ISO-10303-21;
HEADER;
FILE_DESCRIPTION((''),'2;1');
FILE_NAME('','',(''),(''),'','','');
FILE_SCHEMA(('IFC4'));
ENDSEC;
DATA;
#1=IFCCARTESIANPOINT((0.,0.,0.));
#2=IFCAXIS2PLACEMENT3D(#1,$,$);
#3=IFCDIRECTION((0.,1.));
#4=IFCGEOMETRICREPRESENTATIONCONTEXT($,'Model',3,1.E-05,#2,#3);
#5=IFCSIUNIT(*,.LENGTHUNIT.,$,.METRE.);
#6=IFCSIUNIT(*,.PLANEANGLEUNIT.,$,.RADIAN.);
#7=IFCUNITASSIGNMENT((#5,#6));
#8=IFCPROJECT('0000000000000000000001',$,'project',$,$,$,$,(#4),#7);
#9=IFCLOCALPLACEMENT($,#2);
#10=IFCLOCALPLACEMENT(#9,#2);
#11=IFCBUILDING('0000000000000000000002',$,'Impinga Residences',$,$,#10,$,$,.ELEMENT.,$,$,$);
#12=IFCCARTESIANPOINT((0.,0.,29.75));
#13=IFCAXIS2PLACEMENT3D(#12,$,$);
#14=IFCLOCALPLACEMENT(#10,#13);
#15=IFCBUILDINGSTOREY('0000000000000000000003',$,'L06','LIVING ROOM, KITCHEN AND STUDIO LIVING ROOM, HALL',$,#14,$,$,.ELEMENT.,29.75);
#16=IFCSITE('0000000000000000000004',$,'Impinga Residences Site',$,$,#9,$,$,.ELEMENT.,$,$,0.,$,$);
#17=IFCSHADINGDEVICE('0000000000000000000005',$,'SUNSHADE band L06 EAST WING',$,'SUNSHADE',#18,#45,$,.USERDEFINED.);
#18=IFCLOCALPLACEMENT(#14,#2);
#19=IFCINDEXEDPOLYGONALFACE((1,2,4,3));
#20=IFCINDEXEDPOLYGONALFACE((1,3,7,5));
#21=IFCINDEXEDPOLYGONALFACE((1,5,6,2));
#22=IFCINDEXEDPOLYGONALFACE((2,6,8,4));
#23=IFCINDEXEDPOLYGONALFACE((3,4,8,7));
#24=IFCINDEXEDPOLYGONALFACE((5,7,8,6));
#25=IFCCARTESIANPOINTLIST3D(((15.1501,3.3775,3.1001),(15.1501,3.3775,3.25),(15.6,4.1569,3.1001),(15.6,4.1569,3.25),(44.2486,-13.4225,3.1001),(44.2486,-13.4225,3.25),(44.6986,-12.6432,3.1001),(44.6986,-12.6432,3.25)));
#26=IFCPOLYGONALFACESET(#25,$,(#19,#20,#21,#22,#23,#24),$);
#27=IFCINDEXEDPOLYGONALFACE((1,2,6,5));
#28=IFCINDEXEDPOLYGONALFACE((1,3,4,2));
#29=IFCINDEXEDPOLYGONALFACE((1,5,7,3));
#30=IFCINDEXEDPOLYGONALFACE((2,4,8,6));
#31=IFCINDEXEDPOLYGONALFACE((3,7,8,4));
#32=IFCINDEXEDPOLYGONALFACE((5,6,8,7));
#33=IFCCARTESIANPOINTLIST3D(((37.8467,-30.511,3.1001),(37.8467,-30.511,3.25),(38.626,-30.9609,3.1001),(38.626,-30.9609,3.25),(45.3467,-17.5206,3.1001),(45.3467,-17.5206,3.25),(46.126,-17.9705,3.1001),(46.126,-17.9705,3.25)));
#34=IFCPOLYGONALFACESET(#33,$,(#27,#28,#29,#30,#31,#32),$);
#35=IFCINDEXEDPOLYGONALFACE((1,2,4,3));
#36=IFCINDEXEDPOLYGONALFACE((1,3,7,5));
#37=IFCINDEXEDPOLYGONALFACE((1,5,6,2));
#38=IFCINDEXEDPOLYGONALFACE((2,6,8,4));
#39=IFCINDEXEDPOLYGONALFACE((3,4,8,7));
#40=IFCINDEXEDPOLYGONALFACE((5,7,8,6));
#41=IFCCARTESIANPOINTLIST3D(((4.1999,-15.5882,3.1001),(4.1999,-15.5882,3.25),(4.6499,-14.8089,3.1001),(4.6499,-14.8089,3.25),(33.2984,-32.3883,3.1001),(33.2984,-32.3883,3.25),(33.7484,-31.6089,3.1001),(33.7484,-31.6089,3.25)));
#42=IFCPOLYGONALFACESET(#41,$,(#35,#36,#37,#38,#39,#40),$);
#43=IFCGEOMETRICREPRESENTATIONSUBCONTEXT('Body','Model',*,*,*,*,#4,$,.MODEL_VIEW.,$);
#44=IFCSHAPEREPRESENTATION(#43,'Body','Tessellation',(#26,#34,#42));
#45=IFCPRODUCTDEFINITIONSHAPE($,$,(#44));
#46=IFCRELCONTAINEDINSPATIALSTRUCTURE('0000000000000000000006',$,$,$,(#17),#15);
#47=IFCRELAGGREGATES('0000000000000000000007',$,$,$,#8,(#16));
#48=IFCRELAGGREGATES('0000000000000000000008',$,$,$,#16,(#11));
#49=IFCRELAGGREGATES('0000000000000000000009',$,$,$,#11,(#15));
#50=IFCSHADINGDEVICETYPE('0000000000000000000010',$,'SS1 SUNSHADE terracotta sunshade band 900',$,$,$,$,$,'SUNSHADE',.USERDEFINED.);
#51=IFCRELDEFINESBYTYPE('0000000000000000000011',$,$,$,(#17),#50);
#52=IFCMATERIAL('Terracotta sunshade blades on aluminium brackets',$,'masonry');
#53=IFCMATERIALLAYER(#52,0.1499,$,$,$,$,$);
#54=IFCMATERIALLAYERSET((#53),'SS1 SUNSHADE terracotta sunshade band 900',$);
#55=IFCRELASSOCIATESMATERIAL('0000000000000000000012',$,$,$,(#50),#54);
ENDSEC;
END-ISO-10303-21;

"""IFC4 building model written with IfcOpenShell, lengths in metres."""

from ifc_helpers import new_model, si_unit, direction, frame, origin, origin_2d, place, context, subcontext, project, spatial, rectangle, extrude, material, layer, layer_set, type_object, element, save


model = new_model("IFC4")

# Units and contexts
model_context = context("Model", 3, precision=1e-05, world=origin(), true_north=direction((0.0, 1.0)))
body_context = subcontext(model_context, "Body", "Model", "MODEL_VIEW")
ifc_project = project(units=[si_unit("LENGTHUNIT", "METRE"), si_unit("PLANEANGLEUNIT", "RADIAN")], contexts=[model_context])

# Site, building, storey
site_placement = place(None, origin())
site = spatial("IfcSite", under=ifc_project, at=site_placement, Name="Impinga Residences Site", CompositionType="ELEMENT", RefElevation=0.0)
building_placement = place(site_placement, origin())
building = spatial("IfcBuilding", under=site, at=building_placement, Name="Impinga Residences", CompositionType="ELEMENT")
storey_placement = place(building_placement, frame((0.0, 0.0, 29.75)))
storey = spatial("IfcBuildingStorey", under=building, at=storey_placement, Name="L06", Description="LIVING ROOM, KITCHEN AND STUDIO LIVING ROOM, HALL", CompositionType="ELEMENT", Elevation=29.75)

# Shading device
ifc_material_1 = material(Name="Terracotta sunshade blades on aluminium brackets", Category="masonry")
ifc_layer_1 = layer(ifc_material_1, 0.1499)
ifc_layer_set_1 = layer_set([ifc_layer_1], Name="SS1 SUNSHADE terracotta sunshade band 900")
shading_device_type = type_object("IfcShadingDeviceType", Name="SS1 SUNSHADE terracotta sunshade band 900", ElementType="SUNSHADE", PredefinedType="USERDEFINED", material=ifc_layer_set_1)
shading_device_placement = place(storey_placement, frame((29.9243, -4.6328, 3.1001), z_axis=(0.0, 0.0, 1.0), x_axis=(0.866025, -0.5, 0.0)))
element("IfcShadingDevice", 1, at=shading_device_placement, inside=storey, type_object=shading_device_type, Name="SUNSHADE band L06 EAST WING", ObjectType="SUNSHADE", PredefinedType="USERDEFINED", context=body_context, shape_type="SweptSolid", body=[
    extrude(rectangle(XDim=33.6001, YDim=0.8999, at=origin_2d()), origin(), (0.0, 0.0, 1.0), 0.1499),
    extrude(rectangle(XDim=15.0, YDim=0.8999, at=origin_2d()), frame((20.25, -10.95, 0.0), z_axis=(0.0, 0.0, 1.0), x_axis=(0.0, -1.0, 0.0)), (0.0, 0.0, 1.0), 0.1499),
    extrude(rectangle(XDim=33.6001, YDim=0.8999, at=origin_2d()), frame((-0.0002, -21.8999, 0.0), z_axis=(0.0, 0.0, 1.0), x_axis=(-1.0, 0.0, 0.0)), (0.0, 0.0, 1.0), 0.1499),
])

save(model, "model.ifc")
